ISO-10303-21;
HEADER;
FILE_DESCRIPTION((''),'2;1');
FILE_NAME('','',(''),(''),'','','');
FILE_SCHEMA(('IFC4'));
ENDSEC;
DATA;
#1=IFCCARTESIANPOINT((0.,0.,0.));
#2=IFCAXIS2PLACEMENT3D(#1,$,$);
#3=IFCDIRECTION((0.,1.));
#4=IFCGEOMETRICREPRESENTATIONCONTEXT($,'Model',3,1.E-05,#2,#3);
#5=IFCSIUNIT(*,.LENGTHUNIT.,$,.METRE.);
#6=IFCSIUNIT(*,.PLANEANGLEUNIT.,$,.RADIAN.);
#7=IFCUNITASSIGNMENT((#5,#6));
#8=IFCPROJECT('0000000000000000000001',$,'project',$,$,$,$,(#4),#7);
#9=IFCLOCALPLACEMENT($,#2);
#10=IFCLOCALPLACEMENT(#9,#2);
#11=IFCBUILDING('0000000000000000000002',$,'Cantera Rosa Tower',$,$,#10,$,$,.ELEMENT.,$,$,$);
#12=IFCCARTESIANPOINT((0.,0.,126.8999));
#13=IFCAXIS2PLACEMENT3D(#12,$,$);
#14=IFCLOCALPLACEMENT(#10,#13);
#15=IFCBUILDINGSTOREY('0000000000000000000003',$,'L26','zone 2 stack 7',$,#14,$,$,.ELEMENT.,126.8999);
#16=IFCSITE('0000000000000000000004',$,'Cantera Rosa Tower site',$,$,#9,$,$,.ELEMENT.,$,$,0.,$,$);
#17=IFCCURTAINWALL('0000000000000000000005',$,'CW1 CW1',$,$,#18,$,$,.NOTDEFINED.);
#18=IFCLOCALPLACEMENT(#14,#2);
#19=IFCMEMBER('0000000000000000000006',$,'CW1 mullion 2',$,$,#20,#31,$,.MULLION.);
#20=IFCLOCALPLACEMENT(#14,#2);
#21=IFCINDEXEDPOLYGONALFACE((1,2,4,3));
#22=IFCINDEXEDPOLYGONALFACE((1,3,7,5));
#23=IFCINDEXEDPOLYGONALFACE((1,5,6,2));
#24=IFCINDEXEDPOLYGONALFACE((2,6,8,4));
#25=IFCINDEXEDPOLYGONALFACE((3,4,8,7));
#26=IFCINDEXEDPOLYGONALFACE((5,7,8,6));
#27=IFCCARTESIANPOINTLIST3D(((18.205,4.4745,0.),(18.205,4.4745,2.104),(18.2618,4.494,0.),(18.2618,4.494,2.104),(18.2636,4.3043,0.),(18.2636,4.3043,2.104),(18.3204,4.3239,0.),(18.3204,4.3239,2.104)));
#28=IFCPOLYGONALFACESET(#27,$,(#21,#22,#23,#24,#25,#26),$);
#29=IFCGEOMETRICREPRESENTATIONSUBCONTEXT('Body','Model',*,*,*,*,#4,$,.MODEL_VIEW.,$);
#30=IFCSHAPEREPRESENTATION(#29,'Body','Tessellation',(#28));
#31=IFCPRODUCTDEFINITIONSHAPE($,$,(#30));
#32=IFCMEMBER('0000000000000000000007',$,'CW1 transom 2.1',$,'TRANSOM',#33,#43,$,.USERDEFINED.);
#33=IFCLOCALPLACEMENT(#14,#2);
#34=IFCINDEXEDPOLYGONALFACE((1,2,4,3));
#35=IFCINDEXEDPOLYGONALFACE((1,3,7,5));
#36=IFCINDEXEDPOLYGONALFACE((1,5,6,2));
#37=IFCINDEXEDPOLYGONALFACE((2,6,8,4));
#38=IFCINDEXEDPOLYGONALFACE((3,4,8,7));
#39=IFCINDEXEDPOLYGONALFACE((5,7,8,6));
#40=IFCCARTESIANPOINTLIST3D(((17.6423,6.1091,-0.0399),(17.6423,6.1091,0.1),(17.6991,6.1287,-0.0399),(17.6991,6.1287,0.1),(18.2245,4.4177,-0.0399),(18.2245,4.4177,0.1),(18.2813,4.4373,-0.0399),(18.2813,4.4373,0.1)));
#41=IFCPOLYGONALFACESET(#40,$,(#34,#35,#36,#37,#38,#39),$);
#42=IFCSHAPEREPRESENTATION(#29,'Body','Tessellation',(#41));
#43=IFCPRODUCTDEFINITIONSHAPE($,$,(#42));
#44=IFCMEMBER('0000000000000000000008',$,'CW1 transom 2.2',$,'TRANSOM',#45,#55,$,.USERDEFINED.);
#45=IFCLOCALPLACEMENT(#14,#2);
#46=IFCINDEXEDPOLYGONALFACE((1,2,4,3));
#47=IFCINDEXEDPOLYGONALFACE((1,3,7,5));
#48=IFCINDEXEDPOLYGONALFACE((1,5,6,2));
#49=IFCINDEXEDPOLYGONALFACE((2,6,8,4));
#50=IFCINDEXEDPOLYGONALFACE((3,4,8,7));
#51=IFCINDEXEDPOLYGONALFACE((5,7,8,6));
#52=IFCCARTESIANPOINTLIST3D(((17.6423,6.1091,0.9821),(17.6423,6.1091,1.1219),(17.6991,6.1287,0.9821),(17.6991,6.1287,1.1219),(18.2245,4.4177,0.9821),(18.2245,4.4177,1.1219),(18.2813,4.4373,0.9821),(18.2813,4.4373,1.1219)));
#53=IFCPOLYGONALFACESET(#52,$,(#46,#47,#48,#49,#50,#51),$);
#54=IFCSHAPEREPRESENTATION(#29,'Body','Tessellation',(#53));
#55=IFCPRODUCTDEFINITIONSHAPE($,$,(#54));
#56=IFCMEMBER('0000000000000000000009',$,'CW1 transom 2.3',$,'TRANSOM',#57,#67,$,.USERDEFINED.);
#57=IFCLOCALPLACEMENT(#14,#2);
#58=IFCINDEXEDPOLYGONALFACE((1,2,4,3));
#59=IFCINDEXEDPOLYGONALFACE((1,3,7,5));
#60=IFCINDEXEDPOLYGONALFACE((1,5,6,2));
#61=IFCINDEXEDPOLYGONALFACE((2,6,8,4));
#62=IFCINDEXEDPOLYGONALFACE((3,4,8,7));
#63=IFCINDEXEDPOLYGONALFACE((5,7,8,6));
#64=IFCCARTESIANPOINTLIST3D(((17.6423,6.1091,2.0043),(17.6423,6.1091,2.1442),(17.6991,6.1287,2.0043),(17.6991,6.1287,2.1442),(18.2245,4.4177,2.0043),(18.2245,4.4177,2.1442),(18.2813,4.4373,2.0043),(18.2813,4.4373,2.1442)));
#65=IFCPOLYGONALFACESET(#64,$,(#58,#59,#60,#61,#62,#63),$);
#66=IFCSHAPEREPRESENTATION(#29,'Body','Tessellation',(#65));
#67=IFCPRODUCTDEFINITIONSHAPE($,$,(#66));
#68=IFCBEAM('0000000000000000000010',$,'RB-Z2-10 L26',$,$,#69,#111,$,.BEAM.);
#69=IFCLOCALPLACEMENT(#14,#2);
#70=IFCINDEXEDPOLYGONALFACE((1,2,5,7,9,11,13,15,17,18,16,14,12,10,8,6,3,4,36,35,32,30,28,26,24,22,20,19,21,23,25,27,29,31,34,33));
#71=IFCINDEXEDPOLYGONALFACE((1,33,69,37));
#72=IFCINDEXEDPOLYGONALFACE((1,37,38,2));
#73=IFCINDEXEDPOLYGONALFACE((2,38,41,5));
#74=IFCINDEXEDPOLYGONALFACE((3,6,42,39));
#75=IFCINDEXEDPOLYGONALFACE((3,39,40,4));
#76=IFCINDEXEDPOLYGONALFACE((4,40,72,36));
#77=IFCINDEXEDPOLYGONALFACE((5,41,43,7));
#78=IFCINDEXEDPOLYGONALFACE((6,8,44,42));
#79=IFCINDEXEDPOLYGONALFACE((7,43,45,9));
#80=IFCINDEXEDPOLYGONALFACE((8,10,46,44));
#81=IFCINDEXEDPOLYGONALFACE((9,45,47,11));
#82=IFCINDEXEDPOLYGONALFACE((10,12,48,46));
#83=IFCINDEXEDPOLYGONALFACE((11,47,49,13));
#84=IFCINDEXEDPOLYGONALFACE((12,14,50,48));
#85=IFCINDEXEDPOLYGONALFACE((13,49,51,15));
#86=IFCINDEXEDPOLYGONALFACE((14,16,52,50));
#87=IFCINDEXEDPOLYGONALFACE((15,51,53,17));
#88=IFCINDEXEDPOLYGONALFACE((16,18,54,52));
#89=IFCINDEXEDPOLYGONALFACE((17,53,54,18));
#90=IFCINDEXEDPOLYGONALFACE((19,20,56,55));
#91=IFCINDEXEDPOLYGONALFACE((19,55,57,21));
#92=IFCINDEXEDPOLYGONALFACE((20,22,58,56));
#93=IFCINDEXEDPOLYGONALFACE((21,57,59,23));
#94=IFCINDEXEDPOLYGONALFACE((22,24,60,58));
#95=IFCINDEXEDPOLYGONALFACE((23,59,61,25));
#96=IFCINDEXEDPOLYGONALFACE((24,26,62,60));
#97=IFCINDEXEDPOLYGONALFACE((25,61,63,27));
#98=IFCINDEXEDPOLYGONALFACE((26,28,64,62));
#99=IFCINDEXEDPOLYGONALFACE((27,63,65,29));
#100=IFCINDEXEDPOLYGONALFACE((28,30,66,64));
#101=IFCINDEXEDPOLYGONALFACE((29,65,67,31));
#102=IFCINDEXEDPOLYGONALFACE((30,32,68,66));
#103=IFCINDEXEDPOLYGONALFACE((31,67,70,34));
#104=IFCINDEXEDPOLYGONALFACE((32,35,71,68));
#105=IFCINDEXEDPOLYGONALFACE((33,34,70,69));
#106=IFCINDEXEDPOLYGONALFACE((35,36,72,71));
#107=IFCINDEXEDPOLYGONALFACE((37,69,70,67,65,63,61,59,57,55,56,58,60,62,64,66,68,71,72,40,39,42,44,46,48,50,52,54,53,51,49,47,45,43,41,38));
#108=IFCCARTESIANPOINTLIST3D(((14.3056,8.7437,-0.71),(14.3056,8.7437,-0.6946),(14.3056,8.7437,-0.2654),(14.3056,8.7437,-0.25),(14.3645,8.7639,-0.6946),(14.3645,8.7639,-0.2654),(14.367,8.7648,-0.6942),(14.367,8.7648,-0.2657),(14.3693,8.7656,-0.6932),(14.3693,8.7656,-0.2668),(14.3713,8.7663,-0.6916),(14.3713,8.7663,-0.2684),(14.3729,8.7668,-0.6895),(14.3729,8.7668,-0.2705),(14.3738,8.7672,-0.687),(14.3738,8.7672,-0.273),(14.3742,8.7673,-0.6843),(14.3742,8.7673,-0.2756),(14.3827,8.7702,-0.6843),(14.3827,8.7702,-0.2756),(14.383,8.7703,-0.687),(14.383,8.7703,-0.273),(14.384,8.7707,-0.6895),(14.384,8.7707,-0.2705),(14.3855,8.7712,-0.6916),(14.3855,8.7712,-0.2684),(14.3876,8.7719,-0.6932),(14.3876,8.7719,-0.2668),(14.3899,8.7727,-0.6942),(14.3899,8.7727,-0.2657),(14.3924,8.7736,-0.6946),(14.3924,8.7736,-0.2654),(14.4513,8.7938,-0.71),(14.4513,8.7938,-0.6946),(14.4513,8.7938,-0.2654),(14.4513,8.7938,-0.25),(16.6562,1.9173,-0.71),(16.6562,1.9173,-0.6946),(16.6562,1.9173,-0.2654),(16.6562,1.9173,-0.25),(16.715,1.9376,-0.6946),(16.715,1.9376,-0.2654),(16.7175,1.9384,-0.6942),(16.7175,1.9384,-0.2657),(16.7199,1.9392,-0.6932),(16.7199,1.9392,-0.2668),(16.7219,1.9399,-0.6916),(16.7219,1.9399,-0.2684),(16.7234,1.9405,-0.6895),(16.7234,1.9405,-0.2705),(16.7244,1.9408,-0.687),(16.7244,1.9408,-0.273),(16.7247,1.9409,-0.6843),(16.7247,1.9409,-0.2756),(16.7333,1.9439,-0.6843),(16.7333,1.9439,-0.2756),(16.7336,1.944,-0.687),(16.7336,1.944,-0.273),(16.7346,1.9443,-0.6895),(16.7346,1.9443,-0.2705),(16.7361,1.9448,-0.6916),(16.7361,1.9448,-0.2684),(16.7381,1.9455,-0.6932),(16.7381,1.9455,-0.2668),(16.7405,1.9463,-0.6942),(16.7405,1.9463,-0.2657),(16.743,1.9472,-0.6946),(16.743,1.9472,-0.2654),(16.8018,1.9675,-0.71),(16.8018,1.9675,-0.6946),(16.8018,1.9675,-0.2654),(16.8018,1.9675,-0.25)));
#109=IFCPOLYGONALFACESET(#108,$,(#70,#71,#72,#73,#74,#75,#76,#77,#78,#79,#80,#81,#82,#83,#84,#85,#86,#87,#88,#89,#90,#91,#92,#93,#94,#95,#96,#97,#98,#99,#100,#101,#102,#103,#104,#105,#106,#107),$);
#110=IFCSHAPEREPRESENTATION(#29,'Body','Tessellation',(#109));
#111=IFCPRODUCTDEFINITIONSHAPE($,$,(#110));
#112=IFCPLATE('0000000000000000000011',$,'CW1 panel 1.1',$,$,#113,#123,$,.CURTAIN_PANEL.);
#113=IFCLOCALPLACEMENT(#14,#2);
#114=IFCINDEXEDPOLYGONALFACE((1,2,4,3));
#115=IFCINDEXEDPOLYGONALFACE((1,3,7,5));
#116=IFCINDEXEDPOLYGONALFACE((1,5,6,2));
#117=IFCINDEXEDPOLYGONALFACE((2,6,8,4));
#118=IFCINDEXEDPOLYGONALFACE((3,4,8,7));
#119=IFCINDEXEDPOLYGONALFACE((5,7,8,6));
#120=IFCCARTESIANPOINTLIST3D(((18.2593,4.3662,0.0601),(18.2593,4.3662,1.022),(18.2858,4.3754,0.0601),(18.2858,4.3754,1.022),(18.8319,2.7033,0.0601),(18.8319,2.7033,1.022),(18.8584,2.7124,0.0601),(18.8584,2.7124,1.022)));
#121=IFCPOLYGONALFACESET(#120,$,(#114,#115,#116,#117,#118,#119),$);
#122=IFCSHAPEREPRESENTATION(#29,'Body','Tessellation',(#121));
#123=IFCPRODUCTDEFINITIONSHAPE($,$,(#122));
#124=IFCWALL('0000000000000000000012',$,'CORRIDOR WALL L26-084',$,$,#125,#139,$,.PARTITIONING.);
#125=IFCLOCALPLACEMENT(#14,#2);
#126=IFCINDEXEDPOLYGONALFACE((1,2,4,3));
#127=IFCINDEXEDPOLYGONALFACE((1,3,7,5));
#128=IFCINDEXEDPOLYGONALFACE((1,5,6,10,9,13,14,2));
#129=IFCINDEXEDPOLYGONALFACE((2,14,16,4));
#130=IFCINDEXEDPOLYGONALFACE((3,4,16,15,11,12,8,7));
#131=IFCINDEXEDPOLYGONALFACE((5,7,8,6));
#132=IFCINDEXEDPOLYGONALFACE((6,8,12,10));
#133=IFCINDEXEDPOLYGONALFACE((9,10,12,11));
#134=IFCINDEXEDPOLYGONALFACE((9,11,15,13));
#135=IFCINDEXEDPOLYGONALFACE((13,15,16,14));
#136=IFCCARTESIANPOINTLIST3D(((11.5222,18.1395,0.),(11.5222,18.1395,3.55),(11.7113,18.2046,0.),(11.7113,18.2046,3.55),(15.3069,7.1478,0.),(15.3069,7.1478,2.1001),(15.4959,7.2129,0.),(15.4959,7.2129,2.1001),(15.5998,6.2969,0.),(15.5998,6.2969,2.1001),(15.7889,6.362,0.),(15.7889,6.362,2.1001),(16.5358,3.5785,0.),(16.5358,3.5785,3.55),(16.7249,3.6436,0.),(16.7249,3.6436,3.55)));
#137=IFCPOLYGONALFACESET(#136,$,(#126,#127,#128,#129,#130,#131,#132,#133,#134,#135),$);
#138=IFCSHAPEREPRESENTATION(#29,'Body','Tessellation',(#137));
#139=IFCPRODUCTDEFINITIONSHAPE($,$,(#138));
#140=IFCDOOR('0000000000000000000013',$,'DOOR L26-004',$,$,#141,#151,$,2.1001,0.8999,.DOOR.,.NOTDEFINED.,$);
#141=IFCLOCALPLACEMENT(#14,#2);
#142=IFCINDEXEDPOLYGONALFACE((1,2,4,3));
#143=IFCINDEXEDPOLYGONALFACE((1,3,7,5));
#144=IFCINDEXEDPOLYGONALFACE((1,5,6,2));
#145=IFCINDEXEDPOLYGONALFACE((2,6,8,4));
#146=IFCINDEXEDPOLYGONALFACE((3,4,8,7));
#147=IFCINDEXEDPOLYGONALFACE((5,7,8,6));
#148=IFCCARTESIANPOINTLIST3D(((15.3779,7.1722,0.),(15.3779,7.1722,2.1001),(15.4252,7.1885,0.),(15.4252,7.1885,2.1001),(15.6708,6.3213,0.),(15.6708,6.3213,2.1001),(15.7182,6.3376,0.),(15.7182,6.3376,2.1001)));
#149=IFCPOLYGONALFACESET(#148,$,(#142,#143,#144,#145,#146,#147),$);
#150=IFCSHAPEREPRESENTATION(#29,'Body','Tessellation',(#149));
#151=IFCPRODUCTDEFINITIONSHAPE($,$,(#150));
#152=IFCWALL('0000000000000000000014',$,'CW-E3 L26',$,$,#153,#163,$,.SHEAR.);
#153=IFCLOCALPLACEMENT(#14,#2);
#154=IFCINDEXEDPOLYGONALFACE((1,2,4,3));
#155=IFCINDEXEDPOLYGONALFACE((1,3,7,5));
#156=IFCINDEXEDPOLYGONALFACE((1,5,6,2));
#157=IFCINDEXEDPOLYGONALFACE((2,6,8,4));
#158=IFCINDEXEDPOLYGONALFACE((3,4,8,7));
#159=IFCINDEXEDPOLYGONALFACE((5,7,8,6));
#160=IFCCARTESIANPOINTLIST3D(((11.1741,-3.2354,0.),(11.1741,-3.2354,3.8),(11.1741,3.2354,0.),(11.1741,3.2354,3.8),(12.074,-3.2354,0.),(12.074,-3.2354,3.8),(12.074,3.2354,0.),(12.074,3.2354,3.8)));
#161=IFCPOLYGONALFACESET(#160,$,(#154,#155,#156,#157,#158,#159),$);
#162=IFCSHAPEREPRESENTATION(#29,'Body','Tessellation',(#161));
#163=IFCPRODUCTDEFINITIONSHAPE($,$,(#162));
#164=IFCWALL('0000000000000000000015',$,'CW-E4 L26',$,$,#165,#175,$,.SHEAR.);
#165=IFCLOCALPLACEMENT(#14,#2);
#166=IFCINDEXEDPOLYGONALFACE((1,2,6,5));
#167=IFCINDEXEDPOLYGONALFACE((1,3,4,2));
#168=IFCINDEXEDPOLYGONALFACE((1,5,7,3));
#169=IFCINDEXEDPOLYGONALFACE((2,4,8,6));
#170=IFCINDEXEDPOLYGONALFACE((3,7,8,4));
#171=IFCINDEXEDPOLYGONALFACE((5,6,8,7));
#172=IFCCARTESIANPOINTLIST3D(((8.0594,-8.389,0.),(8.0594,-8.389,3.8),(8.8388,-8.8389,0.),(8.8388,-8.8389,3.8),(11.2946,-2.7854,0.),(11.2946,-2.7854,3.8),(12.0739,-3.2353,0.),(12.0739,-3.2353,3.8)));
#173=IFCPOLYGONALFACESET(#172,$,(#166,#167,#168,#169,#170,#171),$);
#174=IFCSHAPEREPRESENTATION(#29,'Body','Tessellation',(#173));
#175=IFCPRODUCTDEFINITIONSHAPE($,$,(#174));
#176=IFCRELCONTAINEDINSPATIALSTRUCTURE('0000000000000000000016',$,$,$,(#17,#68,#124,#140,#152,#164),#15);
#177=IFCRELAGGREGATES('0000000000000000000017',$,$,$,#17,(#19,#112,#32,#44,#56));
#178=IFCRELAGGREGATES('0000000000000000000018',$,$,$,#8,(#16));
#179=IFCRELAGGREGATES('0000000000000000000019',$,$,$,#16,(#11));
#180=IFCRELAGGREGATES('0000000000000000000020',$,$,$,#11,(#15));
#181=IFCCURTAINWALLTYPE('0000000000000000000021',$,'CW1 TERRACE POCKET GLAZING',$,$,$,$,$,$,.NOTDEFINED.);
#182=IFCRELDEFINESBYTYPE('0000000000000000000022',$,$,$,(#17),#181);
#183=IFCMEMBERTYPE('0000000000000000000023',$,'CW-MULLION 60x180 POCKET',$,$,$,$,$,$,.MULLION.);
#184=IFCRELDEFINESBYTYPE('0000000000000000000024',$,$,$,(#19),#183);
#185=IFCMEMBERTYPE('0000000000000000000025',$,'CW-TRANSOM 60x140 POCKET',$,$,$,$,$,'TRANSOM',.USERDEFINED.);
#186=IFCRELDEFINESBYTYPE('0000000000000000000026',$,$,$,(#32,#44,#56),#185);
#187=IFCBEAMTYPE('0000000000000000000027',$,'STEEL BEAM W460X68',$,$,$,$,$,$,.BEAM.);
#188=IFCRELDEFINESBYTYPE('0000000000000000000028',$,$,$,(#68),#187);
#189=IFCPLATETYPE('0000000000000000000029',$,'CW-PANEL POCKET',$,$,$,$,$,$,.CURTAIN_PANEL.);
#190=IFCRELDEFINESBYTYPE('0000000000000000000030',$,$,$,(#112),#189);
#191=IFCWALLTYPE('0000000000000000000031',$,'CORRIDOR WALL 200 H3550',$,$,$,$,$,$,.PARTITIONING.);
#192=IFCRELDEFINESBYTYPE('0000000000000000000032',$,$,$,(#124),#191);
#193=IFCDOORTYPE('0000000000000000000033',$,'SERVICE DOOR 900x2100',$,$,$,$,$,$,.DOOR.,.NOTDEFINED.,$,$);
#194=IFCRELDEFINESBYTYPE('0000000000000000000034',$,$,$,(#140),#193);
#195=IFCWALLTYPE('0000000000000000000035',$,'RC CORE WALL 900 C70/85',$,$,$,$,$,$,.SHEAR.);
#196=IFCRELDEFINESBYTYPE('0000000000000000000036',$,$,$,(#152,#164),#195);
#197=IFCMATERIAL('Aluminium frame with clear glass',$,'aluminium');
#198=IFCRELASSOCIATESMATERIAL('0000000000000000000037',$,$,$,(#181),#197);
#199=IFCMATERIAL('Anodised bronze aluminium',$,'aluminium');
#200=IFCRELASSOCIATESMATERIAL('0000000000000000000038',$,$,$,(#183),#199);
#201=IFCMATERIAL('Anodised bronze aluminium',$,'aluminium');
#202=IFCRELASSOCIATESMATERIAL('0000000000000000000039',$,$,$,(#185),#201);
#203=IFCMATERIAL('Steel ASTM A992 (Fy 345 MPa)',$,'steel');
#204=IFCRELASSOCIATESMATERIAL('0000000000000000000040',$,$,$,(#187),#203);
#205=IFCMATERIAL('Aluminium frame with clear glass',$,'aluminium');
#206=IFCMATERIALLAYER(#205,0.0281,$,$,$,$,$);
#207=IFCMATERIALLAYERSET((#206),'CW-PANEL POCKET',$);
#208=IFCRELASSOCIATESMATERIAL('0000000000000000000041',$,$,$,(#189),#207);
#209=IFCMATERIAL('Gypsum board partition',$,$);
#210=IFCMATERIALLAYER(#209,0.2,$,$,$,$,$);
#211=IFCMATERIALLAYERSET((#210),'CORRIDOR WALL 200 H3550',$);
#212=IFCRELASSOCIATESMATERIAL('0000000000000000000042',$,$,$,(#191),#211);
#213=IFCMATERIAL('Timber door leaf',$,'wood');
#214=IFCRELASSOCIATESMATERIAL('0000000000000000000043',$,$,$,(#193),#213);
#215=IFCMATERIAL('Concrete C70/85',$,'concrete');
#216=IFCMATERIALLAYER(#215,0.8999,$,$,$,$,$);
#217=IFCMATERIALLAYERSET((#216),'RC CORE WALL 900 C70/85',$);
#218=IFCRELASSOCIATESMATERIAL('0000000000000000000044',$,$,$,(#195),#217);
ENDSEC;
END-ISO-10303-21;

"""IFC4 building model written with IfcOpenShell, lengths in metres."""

from ifc_helpers import new_model, si_unit, direction, frame, frame_2d, origin, origin_2d, place, context, subcontext, project, spatial, rectangle, i_section, extrude, material, layer, layer_set, material_profile, profile_set, type_object, element, fill, aggregate, save


model = new_model("IFC4")

# Units and contexts
model_context = context("Model", 3, precision=1e-05, world=origin(), true_north=direction((0.0, 1.0)))
body_context = subcontext(model_context, "Body", "Model", "MODEL_VIEW")
ifc_project = project(units=[si_unit("LENGTHUNIT", "METRE"), si_unit("PLANEANGLEUNIT", "RADIAN")], contexts=[model_context])

# Site, building, storey
site_placement = place(None, origin())
site = spatial("IfcSite", under=ifc_project, at=site_placement, Name="Cantera Rosa Tower site", CompositionType="ELEMENT", RefElevation=0.0)
building_placement = place(site_placement, origin())
building = spatial("IfcBuilding", under=site, at=building_placement, Name="Cantera Rosa Tower", CompositionType="ELEMENT")
storey_placement = place(building_placement, frame((0.0, 0.0, 126.8999)))
storey = spatial("IfcBuildingStorey", under=building, at=storey_placement, Name="L26", Description="zone 2 stack 7", CompositionType="ELEMENT", Elevation=126.8999)

# Curtain wall, members
ifc_material_1 = material(Name="Aluminium frame with clear glass", Category="aluminium")
curtain_wall_type = type_object("IfcCurtainWallType", Name="CW1 TERRACE POCKET GLAZING", PredefinedType="NOTDEFINED", material=ifc_material_1)
curtain_wall_placement = place(storey_placement, origin())
curtain_wall = element("IfcCurtainWall", 1, at=curtain_wall_placement, inside=storey, type_object=curtain_wall_type, Name="CW1 CW1", PredefinedType="NOTDEFINED")
ifc_material_2 = material(Name="Anodised bronze aluminium", Category="aluminium")
ifc_material_profile_1 = material_profile(ifc_material_2, rectangle(XDim=0.0601, YDim=0.1799, at=origin_2d()), Name="CW-MULLION 60x180 POCKET")
ifc_profile_set_1 = profile_set([ifc_material_profile_1], Name="Anodised bronze aluminium")
member_type_1 = type_object("IfcMemberType", Name="CW-MULLION 60x180 POCKET", PredefinedType="MULLION", material=ifc_profile_set_1)
member_1_placement = place(storey_placement, frame((18.2627, 4.3992, 0.0), z_axis=(0.0, 0.0, 1.0), x_axis=(-0.945519, -0.325568, 0.0)))
member_1 = element("IfcMember", 2, at=member_1_placement, type_object=member_type_1, Name="CW1 mullion 2", PredefinedType="MULLION", context=body_context, shape_type="SweptSolid", body=[
    extrude(rectangle(XDim=0.0601, YDim=0.1799, at=origin_2d()), origin(), (0.0, 0.0, 1.0), 2.104),
])
ifc_material_3 = material(Name="Anodised bronze aluminium", Category="aluminium")
ifc_material_profile_2 = material_profile(ifc_material_3, rectangle(XDim=0.0601, YDim=0.1399, at=origin_2d()), Name="CW-TRANSOM 60x140 POCKET")
ifc_profile_set_2 = profile_set([ifc_material_profile_2], Name="Anodised bronze aluminium")
member_type_2 = type_object("IfcMemberType", Name="CW-TRANSOM 60x140 POCKET", ElementType="TRANSOM", PredefinedType="USERDEFINED", material=ifc_profile_set_2)
member_2_placement = place(storey_placement, frame((18.2529, 4.4275, 0.03), z_axis=(-0.325507, 0.94554, 0.0), x_axis=(-0.94554, -0.325507, 0.0)))
member_2 = element("IfcMember", 3, at=member_2_placement, type_object=member_type_2, Name="CW1 transom 2.1", ObjectType="TRANSOM", PredefinedType="USERDEFINED", context=body_context, shape_type="SweptSolid", body=[
    extrude(rectangle(XDim=0.0601, YDim=0.1399, at=origin_2d()), origin(), (0.0, 0.0, 1.0), 1.7888),
])
member_3_placement = place(storey_placement, frame((18.2529, 4.4275, 1.052), z_axis=(-0.325507, 0.94554, 0.0), x_axis=(-0.94554, -0.325507, 0.0)))
member_3 = element("IfcMember", 4, at=member_3_placement, type_object=member_type_2, Name="CW1 transom 2.2", ObjectType="TRANSOM", PredefinedType="USERDEFINED", context=body_context, shape_type="SweptSolid", body=[
    extrude(rectangle(XDim=0.0601, YDim=0.1399, at=origin_2d()), origin(), (0.0, 0.0, 1.0), 1.7888),
])
member_4_placement = place(storey_placement, frame((18.2529, 4.4275, 2.0742), z_axis=(-0.325507, 0.94554, 0.0), x_axis=(-0.94554, -0.325507, 0.0)))
member_4 = element("IfcMember", 5, at=member_4_placement, type_object=member_type_2, Name="CW1 transom 2.3", ObjectType="TRANSOM", PredefinedType="USERDEFINED", context=body_context, shape_type="SweptSolid", body=[
    extrude(rectangle(XDim=0.0601, YDim=0.1399, at=origin_2d()), origin(), (0.0, 0.0, 1.0), 1.7888),
])

# Beam
ifc_material_4 = material(Name="Steel ASTM A992 (Fy 345 MPa)", Category="steel")
ifc_material_profile_3 = material_profile(ifc_material_4, i_section(OverallWidth=0.1541, OverallDepth=0.46, WebThickness=0.009, FlangeThickness=0.0154, FilletRadius=0.0103, at=origin_2d()), Name="W460X68")
ifc_profile_set_3 = profile_set([ifc_material_profile_3], Name="Steel ASTM A992 (Fy 345 MPa)")
beam_type = type_object("IfcBeamType", Name="STEEL BEAM W460X68", PredefinedType="BEAM", material=ifc_profile_set_3)
beam_placement = place(storey_placement, frame((16.729, 1.9424, -0.48), z_axis=(-0.325576, 0.945516, 0.0), x_axis=(-0.945516, -0.325576, 0.0)))
element("IfcBeam", 6, at=beam_placement, inside=storey, type_object=beam_type, Name="RB-Z2-10 L26", PredefinedType="BEAM", context=body_context, shape_type="SweptSolid", body=[
    extrude(i_section(OverallWidth=0.1541, OverallDepth=0.46, WebThickness=0.009, FlangeThickness=0.0154, FilletRadius=0.0103, at=origin_2d()), origin(), (0.0, 0.0, 1.0), 7.2197),
])

# Plate
ifc_material_5 = material(Name="Aluminium frame with clear glass", Category="aluminium")
ifc_layer_1 = layer(ifc_material_5, 0.0281)
ifc_layer_set_1 = layer_set([ifc_layer_1], Name="CW-PANEL POCKET")
plate_type = type_object("IfcPlateType", Name="CW-PANEL POCKET", PredefinedType="CURTAIN_PANEL", material=ifc_layer_set_1)
plate_placement = place(storey_placement, frame((18.5588, 3.5393, 0.0601), z_axis=(0.0, 0.0, 1.0), x_axis=(-0.325568, 0.945519, 0.0)))
plate = element("IfcPlate", 7, at=plate_placement, type_object=plate_type, Name="CW1 panel 1.1", PredefinedType="CURTAIN_PANEL", context=body_context, shape_type="SweptSolid", body=[
    extrude(rectangle(XDim=1.7588, YDim=0.0281, at=origin_2d()), origin(), (0.0, 0.0, 1.0), 0.9619),
])
aggregate(curtain_wall, [member_1, plate, member_2, member_3, member_4])

# Wall, opening, door
ifc_material_6 = material(Name="Gypsum board partition")
ifc_layer_2 = layer(ifc_material_6, 0.2)
ifc_layer_set_2 = layer_set([ifc_layer_2], Name="CORRIDOR WALL 200 H3550")
wall_type_1 = type_object("IfcWallType", Name="CORRIDOR WALL 200 H3550", PredefinedType="PARTITIONING", material=ifc_layer_set_2)
wall_1_placement = place(storey_placement, frame((16.6304, 3.6111, 0.0), z_axis=(0.0, 0.0, 1.0), x_axis=(-0.325563, 0.94552, 0.0)))
wall_1 = element("IfcWall", 8, at=wall_1_placement, inside=storey, type_object=wall_type_1, Name="CORRIDOR WALL L26-084", PredefinedType="PARTITIONING", context=body_context, shape_type="SweptSolid", body=[
    extrude(rectangle(XDim=15.3999, YDim=0.2, at=frame_2d((7.7, 0.0))), origin(), (0.0, 0.0, 1.0), 3.55),
])
opening_placement = place(wall_1_placement, frame((2.875, 0.0, 0.0)))
opening = element("IfcOpeningElement", 9, at=opening_placement, cuts=wall_1, PredefinedType="OPENING", context=body_context, shape_type="SweptSolid", body=[
    extrude(rectangle(XDim=0.8999, YDim=2.1001, at=frame_2d((0.45, 1.05))), frame((0.0, 0.1099, 0.0), z_axis=(0.0, -1.0, 0.0), x_axis=(1.0, 0.0, 0.0)), (0.0, 0.0, 1.0), 0.22),
])
ifc_material_7 = material(Name="Timber door leaf", Category="wood")
door_type = type_object("IfcDoorType", Name="SERVICE DOOR 900x2100", OperationType="NOTDEFINED", PredefinedType="DOOR", material=ifc_material_7)
door_placement = place(opening_placement, origin())
door = element("IfcDoor", 10, at=door_placement, inside=storey, type_object=door_type, Name="DOOR L26-004", OperationType="NOTDEFINED", OverallHeight=2.1001, OverallWidth=0.8999, PredefinedType="DOOR", context=body_context, shape_type="SweptSolid", body=[
    extrude(rectangle(XDim=0.8999, YDim=2.1001, at=frame_2d((0.45, 1.05))), frame((0.0, 0.0249, 0.0), z_axis=(0.0, -1.0, 0.0), x_axis=(1.0, 0.0, 0.0)), (0.0, 0.0, 1.0), 0.05),
])
fill(opening, door)

# Walls
ifc_material_8 = material(Name="Concrete C70/85", Category="concrete")
ifc_layer_3 = layer(ifc_material_8, 0.8999)
ifc_layer_set_3 = layer_set([ifc_layer_3], Name="RC CORE WALL 900 C70/85")
wall_type_2 = type_object("IfcWallType", Name="RC CORE WALL 900 C70/85", PredefinedType="SHEAR", material=ifc_layer_set_3)
wall_2_placement = place(storey_placement, frame((11.624, 3.2354, 0.0), z_axis=(0.0, 0.0, 1.0), x_axis=(0.0, -1.0, 0.0)))
element("IfcWall", 11, at=wall_2_placement, inside=storey, type_object=wall_type_2, Name="CW-E3 L26", PredefinedType="SHEAR", context=body_context, shape_type="SweptSolid", body=[
    extrude(rectangle(XDim=6.4707, YDim=0.8999, at=frame_2d((3.2354, 0.0))), origin(), (0.0, 0.0, 1.0), 3.8),
])
wall_3_placement = place(storey_placement, frame((11.6843, -3.0103, 0.0), z_axis=(0.0, 0.0, 1.0), x_axis=(-0.49999, -0.866031, 0.0)))
element("IfcWall", 12, at=wall_3_placement, inside=storey, type_object=wall_type_2, Name="CW-E4 L26", PredefinedType="SHEAR", context=body_context, shape_type="SweptSolid", body=[
    extrude(rectangle(XDim=6.4705, YDim=0.8999, at=frame_2d((3.2354, 0.0))), origin(), (0.0, 0.0, 1.0), 3.8),
])

save(model, "model.ifc")
